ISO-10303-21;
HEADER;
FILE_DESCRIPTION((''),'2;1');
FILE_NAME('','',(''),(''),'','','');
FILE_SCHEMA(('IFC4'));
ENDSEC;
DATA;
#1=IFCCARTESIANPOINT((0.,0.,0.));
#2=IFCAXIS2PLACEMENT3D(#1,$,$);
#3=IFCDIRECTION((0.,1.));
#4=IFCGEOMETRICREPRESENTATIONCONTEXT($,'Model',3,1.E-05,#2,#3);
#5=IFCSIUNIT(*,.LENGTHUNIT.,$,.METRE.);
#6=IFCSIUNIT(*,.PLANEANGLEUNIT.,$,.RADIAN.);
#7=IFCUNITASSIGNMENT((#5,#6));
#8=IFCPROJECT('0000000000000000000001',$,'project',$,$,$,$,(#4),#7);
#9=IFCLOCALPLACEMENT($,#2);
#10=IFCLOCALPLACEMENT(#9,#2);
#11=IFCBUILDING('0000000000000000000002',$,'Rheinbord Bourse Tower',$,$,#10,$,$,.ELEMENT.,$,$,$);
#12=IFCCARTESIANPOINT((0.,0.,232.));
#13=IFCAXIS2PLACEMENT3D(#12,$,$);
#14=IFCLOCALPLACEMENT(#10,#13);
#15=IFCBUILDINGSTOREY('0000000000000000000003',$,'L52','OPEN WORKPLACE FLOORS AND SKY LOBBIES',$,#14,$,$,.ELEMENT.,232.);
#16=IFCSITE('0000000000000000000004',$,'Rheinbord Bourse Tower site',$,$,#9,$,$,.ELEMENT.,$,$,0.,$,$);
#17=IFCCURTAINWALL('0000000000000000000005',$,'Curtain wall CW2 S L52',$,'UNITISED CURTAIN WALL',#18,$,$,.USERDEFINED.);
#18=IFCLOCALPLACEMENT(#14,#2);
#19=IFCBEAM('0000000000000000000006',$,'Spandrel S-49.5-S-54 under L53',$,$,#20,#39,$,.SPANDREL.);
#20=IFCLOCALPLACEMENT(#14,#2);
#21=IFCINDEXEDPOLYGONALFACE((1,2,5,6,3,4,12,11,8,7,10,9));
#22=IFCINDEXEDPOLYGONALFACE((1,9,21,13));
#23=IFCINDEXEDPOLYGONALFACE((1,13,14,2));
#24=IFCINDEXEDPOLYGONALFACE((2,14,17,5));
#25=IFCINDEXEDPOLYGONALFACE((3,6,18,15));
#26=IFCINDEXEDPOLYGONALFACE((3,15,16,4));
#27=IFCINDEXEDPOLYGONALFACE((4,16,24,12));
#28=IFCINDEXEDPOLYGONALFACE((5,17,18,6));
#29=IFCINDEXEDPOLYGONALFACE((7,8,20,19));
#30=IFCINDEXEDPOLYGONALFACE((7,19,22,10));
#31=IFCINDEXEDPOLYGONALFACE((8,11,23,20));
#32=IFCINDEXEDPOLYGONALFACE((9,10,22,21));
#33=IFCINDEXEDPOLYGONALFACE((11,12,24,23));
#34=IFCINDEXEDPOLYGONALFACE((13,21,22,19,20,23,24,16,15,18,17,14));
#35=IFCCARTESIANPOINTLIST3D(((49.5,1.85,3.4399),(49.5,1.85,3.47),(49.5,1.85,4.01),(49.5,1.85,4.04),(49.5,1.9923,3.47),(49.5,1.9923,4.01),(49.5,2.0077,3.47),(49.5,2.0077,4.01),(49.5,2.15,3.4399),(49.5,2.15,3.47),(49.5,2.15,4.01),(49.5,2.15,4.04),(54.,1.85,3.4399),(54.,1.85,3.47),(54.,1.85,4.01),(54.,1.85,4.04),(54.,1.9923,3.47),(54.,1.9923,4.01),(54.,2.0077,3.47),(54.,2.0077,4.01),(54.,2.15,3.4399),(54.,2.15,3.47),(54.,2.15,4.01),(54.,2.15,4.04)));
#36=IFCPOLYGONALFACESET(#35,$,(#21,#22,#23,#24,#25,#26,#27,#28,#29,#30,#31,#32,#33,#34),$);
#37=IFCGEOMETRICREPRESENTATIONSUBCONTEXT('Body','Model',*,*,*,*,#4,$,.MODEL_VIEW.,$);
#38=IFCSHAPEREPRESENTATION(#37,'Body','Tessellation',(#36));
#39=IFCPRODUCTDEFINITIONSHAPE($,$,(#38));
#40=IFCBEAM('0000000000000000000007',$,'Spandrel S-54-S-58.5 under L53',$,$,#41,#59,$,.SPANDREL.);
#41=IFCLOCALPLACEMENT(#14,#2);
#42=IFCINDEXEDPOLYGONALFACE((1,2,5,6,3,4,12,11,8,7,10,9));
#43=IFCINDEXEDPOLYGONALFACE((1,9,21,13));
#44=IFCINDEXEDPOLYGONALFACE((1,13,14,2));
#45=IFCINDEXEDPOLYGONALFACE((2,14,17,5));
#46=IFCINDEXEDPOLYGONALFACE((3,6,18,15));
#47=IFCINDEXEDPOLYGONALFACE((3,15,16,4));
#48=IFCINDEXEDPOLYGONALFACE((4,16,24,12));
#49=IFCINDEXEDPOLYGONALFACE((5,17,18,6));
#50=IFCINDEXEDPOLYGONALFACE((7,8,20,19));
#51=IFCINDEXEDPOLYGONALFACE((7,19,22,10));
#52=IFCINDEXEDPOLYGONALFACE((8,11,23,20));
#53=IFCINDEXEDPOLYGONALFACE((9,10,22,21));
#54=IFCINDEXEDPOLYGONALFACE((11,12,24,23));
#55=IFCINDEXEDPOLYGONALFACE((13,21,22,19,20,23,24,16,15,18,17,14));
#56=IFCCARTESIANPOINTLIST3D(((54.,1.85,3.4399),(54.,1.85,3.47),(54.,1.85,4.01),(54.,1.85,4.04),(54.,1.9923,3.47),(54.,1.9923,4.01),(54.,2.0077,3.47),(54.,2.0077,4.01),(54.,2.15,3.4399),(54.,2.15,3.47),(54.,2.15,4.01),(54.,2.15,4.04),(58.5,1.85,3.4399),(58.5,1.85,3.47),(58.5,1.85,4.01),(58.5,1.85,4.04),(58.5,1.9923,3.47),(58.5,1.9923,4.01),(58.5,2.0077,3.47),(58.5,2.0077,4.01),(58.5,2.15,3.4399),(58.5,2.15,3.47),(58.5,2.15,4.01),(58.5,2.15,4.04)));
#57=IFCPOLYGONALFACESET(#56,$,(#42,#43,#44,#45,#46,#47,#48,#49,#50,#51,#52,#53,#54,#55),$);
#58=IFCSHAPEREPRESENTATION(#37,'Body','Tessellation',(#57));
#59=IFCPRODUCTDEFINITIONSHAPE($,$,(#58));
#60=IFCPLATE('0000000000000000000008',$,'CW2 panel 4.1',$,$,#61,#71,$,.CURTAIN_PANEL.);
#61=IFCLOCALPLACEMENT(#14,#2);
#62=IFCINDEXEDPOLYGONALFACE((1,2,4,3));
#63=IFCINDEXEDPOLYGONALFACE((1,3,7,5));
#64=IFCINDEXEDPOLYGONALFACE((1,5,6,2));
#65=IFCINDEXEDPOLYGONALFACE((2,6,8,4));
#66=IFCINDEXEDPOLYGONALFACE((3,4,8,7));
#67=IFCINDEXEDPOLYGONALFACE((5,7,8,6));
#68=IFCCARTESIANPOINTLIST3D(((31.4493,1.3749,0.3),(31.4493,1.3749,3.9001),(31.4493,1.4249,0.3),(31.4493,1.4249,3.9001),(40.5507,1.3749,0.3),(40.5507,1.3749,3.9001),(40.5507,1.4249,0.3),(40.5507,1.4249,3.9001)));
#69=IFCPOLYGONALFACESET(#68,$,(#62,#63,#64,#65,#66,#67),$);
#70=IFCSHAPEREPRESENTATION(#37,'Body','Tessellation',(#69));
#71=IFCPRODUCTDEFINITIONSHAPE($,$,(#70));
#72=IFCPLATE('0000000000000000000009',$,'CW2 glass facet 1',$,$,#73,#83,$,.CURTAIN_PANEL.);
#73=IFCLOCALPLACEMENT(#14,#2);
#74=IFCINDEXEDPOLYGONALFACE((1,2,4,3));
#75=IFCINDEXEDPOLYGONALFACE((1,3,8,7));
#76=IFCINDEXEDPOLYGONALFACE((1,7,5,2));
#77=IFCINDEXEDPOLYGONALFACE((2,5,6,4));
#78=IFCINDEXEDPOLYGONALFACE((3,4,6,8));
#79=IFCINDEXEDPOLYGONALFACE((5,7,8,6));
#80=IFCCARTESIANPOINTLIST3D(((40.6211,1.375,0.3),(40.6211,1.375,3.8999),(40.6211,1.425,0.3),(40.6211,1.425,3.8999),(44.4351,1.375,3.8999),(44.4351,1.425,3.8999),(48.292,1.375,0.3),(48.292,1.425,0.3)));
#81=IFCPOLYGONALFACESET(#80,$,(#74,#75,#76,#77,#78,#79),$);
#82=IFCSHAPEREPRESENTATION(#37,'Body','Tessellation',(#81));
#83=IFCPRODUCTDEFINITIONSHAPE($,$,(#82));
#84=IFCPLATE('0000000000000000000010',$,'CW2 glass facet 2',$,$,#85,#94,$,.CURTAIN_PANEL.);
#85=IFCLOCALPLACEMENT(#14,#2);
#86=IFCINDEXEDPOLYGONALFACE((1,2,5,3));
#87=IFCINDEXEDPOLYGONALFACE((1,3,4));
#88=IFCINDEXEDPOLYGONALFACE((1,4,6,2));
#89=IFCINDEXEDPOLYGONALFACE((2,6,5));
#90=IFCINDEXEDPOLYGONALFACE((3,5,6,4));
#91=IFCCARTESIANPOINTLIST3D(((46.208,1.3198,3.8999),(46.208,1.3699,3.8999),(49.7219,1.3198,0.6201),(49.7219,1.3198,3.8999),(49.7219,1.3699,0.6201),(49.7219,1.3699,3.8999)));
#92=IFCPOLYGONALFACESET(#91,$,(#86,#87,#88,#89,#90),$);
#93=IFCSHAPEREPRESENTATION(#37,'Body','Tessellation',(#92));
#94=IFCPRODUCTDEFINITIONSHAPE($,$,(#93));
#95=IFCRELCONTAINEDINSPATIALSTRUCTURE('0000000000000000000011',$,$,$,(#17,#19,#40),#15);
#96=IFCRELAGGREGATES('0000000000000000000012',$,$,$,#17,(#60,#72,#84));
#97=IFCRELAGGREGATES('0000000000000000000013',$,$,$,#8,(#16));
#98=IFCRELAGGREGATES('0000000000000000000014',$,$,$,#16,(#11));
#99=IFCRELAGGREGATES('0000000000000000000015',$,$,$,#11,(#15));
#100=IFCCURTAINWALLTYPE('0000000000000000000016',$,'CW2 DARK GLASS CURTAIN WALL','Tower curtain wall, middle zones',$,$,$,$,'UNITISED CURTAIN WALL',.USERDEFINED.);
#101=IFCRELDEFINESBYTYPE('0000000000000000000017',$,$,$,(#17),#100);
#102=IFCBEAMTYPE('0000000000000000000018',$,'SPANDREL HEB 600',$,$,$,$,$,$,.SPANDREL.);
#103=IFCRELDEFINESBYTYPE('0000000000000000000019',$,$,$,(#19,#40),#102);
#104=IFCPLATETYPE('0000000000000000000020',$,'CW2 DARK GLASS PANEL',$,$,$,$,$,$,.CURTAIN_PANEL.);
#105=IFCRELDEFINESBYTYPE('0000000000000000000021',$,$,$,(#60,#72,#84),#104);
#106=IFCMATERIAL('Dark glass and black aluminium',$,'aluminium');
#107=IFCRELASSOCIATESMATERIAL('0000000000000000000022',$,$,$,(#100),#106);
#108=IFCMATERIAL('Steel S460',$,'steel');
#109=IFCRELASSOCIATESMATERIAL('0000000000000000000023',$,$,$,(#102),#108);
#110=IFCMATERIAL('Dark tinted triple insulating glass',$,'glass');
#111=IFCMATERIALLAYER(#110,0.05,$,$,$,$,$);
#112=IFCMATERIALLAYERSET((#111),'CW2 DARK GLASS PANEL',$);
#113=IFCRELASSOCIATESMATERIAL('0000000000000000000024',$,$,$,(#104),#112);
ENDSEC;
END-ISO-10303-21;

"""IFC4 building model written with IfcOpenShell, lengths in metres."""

from ifc_helpers import new_model, si_unit, direction, frame, origin, origin_2d, place, context, subcontext, project, spatial, polyline, rectangle, i_section, outline, extrude, material, layer, layer_set, material_profile, profile_set, type_object, element, aggregate, save


model = new_model("IFC4")

# Units and contexts
model_context = context("Model", 3, precision=1e-05, world=origin(), true_north=direction((0.0, 1.0)))
body_context = subcontext(model_context, "Body", "Model", "MODEL_VIEW")
ifc_project = project(units=[si_unit("LENGTHUNIT", "METRE"), si_unit("PLANEANGLEUNIT", "RADIAN")], contexts=[model_context])

# Site, building, storey
site_placement = place(None, origin())
site = spatial("IfcSite", under=ifc_project, at=site_placement, Name="Rheinbord Bourse Tower site", CompositionType="ELEMENT", RefElevation=0.0)
building_placement = place(site_placement, origin())
building = spatial("IfcBuilding", under=site, at=building_placement, Name="Rheinbord Bourse Tower", CompositionType="ELEMENT")
storey_placement = place(building_placement, frame((0.0, 0.0, 232.0)))
storey = spatial("IfcBuildingStorey", under=building, at=storey_placement, Name="L52", Description="OPEN WORKPLACE FLOORS AND SKY LOBBIES", CompositionType="ELEMENT", Elevation=232.0)

# Curtain wall
ifc_material_1 = material(Name="Dark glass and black aluminium", Category="aluminium")
curtain_wall_type = type_object("IfcCurtainWallType", Name="CW2 DARK GLASS CURTAIN WALL", Description="Tower curtain wall, middle zones", ElementType="UNITISED CURTAIN WALL", PredefinedType="USERDEFINED", material=ifc_material_1)
curtain_wall_placement = place(storey_placement, origin())
curtain_wall = element("IfcCurtainWall", 1, at=curtain_wall_placement, inside=storey, type_object=curtain_wall_type, Name="Curtain wall CW2 S L52", ObjectType="UNITISED CURTAIN WALL", PredefinedType="USERDEFINED")

# Beams
ifc_material_2 = material(Name="Steel S460", Category="steel")
ifc_material_profile_1 = material_profile(ifc_material_2, i_section(OverallWidth=0.3, OverallDepth=0.6001, WebThickness=0.0154, FlangeThickness=0.03, at=origin_2d()), Name="HEB 600")
ifc_profile_set_1 = profile_set([ifc_material_profile_1], Name="Steel S460")
beam_type_1 = type_object("IfcBeamType", Name="SPANDREL HEB 600", PredefinedType="SPANDREL", material=ifc_profile_set_1)
for number, where, z_axis, x_axis, name in (
    (2, (49.5, 2.0, 3.74), (1.0, 0.0, 0.0), (0.0, 1.0, 0.0), "Spandrel S-49.5-S-54 under L53"),
    (3, (54.0, 2.0, 3.74), (1.0, 0.0, 0.0), (0.0, 1.0, 0.0), "Spandrel S-54-S-58.5 under L53"),
):
    element("IfcBeam", number, at=place(storey_placement, frame(where, z_axis=z_axis, x_axis=x_axis)), inside=storey, type_object=beam_type_1, Name=name, PredefinedType="SPANDREL", context=body_context, shape_type="SweptSolid", body=[
        extrude(i_section(OverallWidth=0.3, OverallDepth=0.6001, WebThickness=0.0154, FlangeThickness=0.03, at=origin_2d()), origin(), (0.0, 0.0, 1.0), 4.5),
    ])

# Plates
ifc_material_3 = material(Name="Dark tinted triple insulating glass", Category="glass")
ifc_layer = layer(ifc_material_3, 0.05)
ifc_layer_set = layer_set([ifc_layer], Name="CW2 DARK GLASS PANEL")
plate_type = type_object("IfcPlateType", Name="CW2 DARK GLASS PANEL", PredefinedType="CURTAIN_PANEL", material=ifc_layer_set)
plate_1_placement = place(storey_placement, frame((36.0, 1.3999, 0.3), z_axis=(0.0, 0.0, 1.0), x_axis=(1.0, 0.0, 0.0)))
plate_1 = element("IfcPlate", 4, at=plate_1_placement, type_object=plate_type, Name="CW2 panel 4.1", PredefinedType="CURTAIN_PANEL", context=body_context, shape_type="SweptSolid", body=[
    extrude(rectangle(XDim=9.1013, YDim=0.05, at=origin_2d()), origin(), (0.0, 0.0, 1.0), 3.6001),
])
plate_2_placement = place(storey_placement, frame((40.6211, 1.375, 0.3), z_axis=(0.0, 1.0, 0.0), x_axis=(0.0, 0.0, 1.0)))
plate_2 = element("IfcPlate", 5, at=plate_2_placement, type_object=plate_type, Name="CW2 glass facet 1", PredefinedType="CURTAIN_PANEL", context=body_context, shape_type="SweptSolid", body=[
    extrude(outline(polyline([(0.0, 0.0), (3.5999, 0.0), (3.5999, 3.814), (0.0, 7.6709), (0.0, 0.0)])), origin(), (0.0, 0.0, 1.0), 0.05),
])
plate_3_placement = place(storey_placement, frame((49.7219, 1.3198, 3.8999), z_axis=(0.0, 1.0, 0.0), x_axis=(0.0, 0.0, -1.0)))
plate_3 = element("IfcPlate", 6, at=plate_3_placement, type_object=plate_type, Name="CW2 glass facet 2", PredefinedType="CURTAIN_PANEL", context=body_context, shape_type="SweptSolid", body=[
    extrude(outline(polyline([(0.0, 0.0), (3.2798, 0.0), (0.0, 3.5139), (0.0, 0.0)])), origin(), (0.0, 0.0, 1.0), 0.05),
])
aggregate(curtain_wall, [plate_1, plate_2, plate_3])

save(model, "model.ifc")
